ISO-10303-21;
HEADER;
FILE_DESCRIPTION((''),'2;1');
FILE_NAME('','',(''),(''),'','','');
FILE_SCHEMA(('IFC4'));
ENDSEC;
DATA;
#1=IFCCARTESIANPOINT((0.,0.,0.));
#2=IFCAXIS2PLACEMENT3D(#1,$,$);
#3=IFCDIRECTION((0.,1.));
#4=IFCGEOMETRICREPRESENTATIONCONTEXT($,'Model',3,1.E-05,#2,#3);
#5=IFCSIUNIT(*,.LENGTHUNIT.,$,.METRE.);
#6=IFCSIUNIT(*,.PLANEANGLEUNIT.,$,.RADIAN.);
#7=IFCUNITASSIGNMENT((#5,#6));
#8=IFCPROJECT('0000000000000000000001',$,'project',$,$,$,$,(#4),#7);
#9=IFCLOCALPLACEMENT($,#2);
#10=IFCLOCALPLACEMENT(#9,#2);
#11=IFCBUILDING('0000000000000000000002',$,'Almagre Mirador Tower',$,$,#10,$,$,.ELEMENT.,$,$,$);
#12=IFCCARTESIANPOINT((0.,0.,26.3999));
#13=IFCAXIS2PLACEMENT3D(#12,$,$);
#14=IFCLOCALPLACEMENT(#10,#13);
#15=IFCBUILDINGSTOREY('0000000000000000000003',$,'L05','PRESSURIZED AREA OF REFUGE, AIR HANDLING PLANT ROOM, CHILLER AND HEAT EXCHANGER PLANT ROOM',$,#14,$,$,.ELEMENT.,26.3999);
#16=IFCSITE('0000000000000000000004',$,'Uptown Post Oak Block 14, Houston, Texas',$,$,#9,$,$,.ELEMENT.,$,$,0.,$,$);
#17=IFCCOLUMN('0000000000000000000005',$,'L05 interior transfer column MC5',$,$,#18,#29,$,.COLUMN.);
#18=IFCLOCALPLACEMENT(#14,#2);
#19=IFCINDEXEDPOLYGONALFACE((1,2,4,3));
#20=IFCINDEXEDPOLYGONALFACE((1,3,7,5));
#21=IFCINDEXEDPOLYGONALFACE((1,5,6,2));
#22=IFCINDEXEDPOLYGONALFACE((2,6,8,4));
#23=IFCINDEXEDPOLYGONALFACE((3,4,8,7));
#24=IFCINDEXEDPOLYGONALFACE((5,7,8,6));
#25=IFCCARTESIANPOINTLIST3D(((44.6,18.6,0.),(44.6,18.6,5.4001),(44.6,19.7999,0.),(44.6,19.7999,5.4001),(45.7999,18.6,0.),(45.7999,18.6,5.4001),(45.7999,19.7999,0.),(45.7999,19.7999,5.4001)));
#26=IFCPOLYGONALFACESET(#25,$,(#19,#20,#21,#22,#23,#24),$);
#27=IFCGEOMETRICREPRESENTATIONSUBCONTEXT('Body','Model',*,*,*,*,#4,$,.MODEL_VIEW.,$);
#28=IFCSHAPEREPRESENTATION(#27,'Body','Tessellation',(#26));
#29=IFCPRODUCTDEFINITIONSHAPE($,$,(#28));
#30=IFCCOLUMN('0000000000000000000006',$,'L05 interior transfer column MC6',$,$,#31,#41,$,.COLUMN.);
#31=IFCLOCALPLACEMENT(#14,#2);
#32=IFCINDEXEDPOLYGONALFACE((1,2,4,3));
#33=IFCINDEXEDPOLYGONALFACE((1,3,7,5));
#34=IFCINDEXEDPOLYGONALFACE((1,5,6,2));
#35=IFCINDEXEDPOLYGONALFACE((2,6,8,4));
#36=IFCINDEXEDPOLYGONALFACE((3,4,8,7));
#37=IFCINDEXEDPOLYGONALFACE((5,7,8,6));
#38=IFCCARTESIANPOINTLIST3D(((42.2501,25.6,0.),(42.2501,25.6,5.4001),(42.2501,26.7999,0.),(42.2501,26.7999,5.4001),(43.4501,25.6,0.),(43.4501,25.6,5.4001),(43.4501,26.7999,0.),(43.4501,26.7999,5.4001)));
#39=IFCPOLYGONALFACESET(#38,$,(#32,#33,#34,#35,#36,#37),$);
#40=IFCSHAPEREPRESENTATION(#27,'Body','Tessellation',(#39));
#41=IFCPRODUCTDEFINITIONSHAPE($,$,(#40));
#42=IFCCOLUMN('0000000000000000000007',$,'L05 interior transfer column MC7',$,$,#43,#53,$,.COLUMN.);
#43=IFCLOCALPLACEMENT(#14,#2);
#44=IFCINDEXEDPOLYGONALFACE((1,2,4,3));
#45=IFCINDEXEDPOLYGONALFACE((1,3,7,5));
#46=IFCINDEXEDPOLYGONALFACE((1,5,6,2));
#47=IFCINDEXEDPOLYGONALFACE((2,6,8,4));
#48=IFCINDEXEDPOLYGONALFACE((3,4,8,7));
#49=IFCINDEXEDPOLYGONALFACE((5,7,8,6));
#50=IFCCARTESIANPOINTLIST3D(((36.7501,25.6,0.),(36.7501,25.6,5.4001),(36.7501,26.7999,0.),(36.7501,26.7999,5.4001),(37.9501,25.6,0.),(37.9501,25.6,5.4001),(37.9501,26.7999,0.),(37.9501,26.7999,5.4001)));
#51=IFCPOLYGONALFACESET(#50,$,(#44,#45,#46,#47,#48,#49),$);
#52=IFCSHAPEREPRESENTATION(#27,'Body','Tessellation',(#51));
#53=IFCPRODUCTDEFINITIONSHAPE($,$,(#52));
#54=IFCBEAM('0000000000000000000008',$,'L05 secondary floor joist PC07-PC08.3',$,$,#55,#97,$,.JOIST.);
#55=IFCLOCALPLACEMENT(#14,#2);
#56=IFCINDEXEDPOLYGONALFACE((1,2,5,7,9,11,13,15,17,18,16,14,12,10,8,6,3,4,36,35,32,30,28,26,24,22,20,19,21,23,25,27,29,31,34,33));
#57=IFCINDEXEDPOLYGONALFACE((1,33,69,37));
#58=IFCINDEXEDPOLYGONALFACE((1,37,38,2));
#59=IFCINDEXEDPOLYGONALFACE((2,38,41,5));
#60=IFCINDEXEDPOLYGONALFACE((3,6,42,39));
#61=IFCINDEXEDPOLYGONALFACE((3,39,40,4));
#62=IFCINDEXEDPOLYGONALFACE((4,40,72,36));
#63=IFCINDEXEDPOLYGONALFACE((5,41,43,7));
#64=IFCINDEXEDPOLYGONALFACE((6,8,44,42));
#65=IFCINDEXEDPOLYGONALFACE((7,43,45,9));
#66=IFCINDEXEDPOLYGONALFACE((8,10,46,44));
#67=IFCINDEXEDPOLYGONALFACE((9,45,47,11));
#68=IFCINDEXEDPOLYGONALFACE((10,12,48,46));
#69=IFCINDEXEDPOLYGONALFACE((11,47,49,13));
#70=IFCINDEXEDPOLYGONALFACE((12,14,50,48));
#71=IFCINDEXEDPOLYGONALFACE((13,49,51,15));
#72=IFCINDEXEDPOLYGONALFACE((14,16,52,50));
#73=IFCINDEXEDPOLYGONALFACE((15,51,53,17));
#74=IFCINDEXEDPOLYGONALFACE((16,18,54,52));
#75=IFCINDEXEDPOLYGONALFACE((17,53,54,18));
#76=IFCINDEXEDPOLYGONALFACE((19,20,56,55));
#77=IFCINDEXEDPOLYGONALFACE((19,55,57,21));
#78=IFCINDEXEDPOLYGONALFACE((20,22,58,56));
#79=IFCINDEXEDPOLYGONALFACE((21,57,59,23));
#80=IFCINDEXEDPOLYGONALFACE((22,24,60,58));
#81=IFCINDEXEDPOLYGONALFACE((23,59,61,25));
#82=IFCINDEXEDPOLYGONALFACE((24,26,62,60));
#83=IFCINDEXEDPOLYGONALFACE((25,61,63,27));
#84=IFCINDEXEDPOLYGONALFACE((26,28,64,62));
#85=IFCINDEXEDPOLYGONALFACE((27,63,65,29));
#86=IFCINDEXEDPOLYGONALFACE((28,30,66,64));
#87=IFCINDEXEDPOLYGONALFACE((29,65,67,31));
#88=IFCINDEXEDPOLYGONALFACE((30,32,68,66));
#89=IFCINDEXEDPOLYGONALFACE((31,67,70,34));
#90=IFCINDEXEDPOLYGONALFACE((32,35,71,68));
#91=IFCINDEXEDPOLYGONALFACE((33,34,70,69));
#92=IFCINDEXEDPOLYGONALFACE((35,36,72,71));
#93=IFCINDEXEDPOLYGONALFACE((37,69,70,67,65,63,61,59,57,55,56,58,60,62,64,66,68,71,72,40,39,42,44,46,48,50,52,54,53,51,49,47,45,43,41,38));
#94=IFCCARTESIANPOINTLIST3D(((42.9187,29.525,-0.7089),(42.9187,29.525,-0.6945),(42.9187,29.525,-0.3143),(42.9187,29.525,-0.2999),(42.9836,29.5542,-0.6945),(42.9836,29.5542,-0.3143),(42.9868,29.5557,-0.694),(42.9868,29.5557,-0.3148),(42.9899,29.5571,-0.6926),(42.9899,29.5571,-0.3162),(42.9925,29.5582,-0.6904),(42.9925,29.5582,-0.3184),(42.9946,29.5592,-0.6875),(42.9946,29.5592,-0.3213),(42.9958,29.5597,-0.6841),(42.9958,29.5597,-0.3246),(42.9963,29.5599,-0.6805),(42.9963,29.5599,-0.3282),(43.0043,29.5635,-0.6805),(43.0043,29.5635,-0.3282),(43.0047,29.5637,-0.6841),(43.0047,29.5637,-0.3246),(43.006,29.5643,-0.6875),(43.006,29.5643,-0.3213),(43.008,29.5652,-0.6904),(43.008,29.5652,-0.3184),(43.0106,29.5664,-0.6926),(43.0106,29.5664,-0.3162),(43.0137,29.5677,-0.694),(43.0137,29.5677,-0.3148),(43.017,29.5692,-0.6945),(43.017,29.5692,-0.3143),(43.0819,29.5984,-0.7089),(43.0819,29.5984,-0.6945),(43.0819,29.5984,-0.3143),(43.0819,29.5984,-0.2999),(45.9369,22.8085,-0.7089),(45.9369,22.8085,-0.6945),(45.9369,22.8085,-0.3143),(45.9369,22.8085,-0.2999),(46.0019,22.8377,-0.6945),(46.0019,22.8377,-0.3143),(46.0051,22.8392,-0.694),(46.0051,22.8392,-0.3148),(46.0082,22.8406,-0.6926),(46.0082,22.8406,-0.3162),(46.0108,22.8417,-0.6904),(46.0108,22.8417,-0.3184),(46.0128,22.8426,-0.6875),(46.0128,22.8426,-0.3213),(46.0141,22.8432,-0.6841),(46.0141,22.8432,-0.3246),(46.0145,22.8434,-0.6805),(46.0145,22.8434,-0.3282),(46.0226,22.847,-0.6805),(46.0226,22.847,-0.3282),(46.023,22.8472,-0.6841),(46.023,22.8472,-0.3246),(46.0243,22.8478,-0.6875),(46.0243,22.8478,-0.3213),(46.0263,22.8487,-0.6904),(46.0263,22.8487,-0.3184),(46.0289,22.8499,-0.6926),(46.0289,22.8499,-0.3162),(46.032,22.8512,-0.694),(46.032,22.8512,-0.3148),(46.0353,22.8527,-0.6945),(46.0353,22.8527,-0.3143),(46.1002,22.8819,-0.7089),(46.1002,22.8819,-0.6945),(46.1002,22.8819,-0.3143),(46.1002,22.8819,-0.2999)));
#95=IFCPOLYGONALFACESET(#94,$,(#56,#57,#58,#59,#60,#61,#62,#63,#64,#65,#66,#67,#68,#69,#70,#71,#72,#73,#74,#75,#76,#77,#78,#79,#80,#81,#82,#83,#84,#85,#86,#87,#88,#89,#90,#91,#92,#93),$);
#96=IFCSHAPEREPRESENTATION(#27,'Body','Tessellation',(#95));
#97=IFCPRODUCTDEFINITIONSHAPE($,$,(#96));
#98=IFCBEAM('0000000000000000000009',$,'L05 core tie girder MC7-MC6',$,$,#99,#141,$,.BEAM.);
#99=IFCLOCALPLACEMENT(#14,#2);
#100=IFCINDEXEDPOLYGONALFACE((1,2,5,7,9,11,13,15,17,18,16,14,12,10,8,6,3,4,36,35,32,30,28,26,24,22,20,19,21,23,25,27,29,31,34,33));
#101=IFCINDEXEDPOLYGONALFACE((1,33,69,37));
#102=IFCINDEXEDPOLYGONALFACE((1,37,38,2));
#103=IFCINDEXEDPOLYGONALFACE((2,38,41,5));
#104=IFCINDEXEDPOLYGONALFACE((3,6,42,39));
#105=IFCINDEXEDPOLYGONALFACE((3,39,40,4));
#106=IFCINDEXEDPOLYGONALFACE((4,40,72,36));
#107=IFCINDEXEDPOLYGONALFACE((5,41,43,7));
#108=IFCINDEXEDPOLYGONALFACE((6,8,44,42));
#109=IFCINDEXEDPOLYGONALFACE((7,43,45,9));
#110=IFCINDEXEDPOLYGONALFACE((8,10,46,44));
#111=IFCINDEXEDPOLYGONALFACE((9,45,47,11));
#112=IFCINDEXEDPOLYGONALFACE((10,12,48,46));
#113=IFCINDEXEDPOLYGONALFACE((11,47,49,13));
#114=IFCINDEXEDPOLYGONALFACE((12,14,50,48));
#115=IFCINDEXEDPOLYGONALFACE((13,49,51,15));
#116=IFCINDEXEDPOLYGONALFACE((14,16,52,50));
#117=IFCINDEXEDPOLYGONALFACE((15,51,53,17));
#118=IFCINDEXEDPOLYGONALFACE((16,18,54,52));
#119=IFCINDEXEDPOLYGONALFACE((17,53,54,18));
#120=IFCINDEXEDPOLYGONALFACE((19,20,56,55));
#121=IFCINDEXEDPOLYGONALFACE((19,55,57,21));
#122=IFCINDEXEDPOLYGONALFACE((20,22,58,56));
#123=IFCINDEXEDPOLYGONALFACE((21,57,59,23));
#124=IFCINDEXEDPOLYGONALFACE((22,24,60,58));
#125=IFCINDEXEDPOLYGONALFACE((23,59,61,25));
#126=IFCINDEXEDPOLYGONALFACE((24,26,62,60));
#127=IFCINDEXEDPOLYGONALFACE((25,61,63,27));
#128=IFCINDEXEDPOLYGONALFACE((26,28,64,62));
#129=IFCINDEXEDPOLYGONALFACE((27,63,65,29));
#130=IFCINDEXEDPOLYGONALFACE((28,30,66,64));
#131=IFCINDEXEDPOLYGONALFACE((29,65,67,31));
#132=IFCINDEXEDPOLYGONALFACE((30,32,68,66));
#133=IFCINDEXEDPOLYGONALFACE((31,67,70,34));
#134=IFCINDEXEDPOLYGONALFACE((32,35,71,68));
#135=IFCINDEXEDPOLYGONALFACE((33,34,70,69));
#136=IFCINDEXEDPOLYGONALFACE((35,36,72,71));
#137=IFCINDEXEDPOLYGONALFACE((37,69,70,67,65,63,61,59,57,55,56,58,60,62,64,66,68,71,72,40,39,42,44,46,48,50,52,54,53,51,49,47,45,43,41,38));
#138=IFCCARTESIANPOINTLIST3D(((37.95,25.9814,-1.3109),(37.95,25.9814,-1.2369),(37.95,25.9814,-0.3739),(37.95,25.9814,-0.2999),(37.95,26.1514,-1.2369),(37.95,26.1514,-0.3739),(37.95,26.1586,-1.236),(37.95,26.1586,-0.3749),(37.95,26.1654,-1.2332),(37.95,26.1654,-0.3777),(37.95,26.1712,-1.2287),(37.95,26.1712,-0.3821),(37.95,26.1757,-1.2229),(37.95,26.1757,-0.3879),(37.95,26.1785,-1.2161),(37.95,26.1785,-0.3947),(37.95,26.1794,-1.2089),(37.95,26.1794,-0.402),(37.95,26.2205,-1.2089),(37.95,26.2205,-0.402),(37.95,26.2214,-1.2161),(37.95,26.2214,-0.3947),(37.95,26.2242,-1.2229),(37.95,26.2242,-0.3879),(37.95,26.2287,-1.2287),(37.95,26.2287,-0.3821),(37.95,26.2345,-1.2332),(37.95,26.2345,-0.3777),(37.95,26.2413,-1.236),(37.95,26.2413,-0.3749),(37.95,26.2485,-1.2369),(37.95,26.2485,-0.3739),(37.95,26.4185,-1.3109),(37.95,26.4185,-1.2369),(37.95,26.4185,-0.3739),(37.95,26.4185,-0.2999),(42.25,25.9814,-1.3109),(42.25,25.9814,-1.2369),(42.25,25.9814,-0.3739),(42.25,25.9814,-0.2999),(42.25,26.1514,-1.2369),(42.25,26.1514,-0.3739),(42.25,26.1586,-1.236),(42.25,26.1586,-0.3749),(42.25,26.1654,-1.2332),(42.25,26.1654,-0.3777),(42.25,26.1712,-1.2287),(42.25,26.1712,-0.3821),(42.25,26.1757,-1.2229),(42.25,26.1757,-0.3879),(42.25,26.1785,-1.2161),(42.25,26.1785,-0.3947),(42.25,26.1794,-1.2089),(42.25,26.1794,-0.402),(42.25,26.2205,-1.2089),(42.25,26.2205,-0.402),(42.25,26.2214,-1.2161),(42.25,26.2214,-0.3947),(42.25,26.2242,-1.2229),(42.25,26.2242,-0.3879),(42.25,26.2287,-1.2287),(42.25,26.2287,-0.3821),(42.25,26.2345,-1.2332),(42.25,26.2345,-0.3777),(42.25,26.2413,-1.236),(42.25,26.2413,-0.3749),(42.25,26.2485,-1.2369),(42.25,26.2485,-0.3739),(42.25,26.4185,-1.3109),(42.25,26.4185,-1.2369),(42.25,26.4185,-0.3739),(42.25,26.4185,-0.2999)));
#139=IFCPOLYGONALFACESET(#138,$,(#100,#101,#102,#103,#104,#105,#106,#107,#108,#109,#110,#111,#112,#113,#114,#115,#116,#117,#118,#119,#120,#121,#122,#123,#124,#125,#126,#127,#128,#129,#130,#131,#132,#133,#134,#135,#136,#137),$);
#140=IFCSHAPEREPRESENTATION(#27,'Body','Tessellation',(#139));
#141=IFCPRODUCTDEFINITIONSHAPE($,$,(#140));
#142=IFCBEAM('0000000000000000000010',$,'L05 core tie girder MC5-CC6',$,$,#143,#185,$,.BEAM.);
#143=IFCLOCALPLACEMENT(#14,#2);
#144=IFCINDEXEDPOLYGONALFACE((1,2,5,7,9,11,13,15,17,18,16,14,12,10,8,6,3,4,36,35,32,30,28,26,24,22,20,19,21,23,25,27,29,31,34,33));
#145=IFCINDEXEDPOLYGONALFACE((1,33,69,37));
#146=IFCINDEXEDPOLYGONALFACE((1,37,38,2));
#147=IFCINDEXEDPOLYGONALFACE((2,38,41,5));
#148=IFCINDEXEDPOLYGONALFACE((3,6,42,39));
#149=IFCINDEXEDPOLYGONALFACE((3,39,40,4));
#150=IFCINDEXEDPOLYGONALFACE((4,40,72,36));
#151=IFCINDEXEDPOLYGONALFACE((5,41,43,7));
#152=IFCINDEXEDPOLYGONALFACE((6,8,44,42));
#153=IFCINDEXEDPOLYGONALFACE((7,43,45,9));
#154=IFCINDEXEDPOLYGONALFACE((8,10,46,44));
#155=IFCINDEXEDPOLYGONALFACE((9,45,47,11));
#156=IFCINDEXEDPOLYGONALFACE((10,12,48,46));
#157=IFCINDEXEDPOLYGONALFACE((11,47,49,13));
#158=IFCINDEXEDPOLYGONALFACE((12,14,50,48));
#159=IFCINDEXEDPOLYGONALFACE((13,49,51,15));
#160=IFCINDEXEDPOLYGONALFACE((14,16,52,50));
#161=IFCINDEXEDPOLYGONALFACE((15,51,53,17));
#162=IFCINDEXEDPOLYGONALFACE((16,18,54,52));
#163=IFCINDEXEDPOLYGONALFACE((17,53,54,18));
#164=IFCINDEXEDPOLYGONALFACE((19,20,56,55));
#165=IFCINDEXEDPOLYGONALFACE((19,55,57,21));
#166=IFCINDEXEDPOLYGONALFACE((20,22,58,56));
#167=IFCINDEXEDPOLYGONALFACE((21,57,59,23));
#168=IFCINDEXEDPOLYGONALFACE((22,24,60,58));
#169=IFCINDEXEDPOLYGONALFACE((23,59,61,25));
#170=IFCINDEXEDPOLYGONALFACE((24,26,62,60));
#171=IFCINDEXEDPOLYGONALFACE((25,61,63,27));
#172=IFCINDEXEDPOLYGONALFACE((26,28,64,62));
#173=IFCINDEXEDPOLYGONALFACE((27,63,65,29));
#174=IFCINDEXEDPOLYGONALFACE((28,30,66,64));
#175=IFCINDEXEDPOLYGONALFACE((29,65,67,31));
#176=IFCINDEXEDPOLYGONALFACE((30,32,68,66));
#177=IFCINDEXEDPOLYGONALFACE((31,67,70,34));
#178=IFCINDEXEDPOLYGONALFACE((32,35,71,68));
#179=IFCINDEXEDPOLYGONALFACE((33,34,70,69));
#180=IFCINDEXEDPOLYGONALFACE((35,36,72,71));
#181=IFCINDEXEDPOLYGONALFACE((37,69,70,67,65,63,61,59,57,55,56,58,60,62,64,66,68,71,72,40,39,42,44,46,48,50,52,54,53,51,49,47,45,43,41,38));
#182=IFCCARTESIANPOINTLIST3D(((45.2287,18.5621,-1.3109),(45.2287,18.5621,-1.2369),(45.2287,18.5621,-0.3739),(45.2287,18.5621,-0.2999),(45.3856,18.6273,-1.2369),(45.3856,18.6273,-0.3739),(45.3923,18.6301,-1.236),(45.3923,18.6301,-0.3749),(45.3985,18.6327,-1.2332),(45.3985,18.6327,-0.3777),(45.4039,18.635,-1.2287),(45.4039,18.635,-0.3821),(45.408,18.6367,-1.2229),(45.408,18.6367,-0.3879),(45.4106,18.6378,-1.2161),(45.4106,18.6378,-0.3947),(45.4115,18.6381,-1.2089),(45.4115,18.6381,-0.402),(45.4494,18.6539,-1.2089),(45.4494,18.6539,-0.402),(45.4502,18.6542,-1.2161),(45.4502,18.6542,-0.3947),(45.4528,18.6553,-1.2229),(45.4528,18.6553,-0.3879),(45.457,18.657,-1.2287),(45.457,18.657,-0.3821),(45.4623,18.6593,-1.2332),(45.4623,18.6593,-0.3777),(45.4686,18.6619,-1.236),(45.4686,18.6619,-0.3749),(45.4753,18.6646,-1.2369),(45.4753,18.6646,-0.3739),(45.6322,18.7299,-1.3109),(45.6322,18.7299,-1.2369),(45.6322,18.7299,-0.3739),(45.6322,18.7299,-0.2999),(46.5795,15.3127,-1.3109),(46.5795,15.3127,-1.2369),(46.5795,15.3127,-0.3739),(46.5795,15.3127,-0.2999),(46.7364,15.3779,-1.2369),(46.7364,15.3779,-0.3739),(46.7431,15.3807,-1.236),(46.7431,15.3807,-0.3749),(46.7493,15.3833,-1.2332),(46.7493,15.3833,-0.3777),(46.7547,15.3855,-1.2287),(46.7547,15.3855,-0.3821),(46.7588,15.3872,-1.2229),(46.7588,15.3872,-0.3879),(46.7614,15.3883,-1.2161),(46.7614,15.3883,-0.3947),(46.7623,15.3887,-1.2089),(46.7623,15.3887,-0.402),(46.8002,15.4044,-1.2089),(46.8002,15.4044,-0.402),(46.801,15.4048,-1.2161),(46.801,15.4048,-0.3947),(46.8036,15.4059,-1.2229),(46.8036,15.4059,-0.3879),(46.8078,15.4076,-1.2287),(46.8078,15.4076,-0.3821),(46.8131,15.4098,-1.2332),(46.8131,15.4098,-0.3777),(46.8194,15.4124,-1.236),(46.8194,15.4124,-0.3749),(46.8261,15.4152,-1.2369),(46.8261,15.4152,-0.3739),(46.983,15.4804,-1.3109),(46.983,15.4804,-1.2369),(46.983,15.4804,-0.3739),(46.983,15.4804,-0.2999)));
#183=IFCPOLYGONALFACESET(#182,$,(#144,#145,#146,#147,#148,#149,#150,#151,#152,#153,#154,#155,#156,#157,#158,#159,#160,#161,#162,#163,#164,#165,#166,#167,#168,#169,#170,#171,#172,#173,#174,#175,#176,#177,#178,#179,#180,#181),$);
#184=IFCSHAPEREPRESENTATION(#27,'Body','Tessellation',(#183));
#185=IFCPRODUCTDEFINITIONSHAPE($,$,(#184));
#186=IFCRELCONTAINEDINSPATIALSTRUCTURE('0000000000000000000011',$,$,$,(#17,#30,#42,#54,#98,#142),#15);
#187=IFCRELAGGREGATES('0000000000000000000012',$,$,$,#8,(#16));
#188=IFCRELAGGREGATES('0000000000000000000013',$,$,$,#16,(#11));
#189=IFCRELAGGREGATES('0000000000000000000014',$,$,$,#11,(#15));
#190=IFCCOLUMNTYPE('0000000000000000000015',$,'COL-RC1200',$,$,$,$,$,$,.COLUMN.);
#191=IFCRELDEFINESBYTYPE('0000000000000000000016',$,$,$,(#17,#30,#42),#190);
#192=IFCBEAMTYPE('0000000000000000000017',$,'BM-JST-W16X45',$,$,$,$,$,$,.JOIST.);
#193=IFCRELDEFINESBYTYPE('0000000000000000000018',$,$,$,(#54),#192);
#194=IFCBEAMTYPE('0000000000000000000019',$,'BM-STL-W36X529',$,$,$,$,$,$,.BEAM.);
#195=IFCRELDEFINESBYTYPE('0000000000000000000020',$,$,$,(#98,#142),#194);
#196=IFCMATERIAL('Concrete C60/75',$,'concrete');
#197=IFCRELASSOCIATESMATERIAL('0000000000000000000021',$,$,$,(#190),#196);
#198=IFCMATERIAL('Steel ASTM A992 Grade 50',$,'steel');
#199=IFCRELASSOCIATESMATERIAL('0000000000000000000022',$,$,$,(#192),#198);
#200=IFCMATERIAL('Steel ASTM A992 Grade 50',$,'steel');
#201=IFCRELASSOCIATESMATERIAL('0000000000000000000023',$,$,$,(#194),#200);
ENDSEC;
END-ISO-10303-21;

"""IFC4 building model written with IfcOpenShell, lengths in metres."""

from ifc_helpers import new_model, si_unit, direction, frame, origin, origin_2d, place, context, subcontext, project, spatial, rectangle, i_section, extrude, material, material_profile, profile_set, type_object, element, save


model = new_model("IFC4")

# Units and contexts
model_context = context("Model", 3, precision=1e-05, world=origin(), true_north=direction((0.0, 1.0)))
body_context = subcontext(model_context, "Body", "Model", "MODEL_VIEW")
ifc_project = project(units=[si_unit("LENGTHUNIT", "METRE"), si_unit("PLANEANGLEUNIT", "RADIAN")], contexts=[model_context])

# Site, building, storey
site_placement = place(None, origin())
site = spatial("IfcSite", under=ifc_project, at=site_placement, Name="Uptown Post Oak Block 14, Houston, Texas", CompositionType="ELEMENT", RefElevation=0.0)
building_placement = place(site_placement, origin())
building = spatial("IfcBuilding", under=site, at=building_placement, Name="Almagre Mirador Tower", CompositionType="ELEMENT")
storey_placement = place(building_placement, frame((0.0, 0.0, 26.3999)))
storey = spatial("IfcBuildingStorey", under=building, at=storey_placement, Name="L05", Description="PRESSURIZED AREA OF REFUGE, AIR HANDLING PLANT ROOM, CHILLER AND HEAT EXCHANGER PLANT ROOM", CompositionType="ELEMENT", Elevation=26.3999)

# Columns
ifc_material_1 = material(Name="Concrete C60/75", Category="concrete")
ifc_material_profile_1 = material_profile(ifc_material_1, rectangle(XDim=1.2, YDim=1.2, at=origin_2d()), Name="RC1200X1200")
ifc_profile_set_1 = profile_set([ifc_material_profile_1], Name="Concrete C60/75")
column_type = type_object("IfcColumnType", Name="COL-RC1200", PredefinedType="COLUMN", material=ifc_profile_set_1)
for number, where, z_axis, x_axis, name in (
    (1, (45.2, 19.2, 0.0), (0.0, 0.0, 1.0), (1.0, 0.0, 0.0), "L05 interior transfer column MC5"),
    (2, (42.8501, 26.2, 0.0), (0.0, 0.0, 1.0), (1.0, 0.0, 0.0), "L05 interior transfer column MC6"),
    (3, (37.3501, 26.2, 0.0), (0.0, 0.0, 1.0), (1.0, 0.0, 0.0), "L05 interior transfer column MC7"),
):
    element("IfcColumn", number, at=place(storey_placement, frame(where, z_axis=z_axis, x_axis=x_axis)), inside=storey, type_object=column_type, Name=name, PredefinedType="COLUMN", context=body_context, shape_type="SweptSolid", body=[
        extrude(rectangle(XDim=1.2, YDim=1.2, at=origin_2d()), origin(), (0.0, 0.0, 1.0), 5.4001),
    ])

# Beams
ifc_material_2 = material(Name="Steel ASTM A992 Grade 50", Category="steel")
ifc_material_profile_2 = material_profile(ifc_material_2, i_section(OverallWidth=0.179, OverallDepth=0.4089, WebThickness=0.0088, FlangeThickness=0.0144, FilletRadius=0.0139, at=origin_2d()), Name="W16X45")
ifc_profile_set_2 = profile_set([ifc_material_profile_2], Name="Steel ASTM A992 Grade 50")
beam_type_1 = type_object("IfcBeamType", Name="BM-JST-W16X45", PredefinedType="JOIST", material=ifc_profile_set_2)
beam_1_placement = place(storey_placement, frame((46.0186, 22.8452, -0.5044), z_axis=(-0.409897, 0.912132, 0.0), x_axis=(-0.912132, -0.409897, 0.0)))
element("IfcBeam", 4, at=beam_1_placement, inside=storey, type_object=beam_type_1, Name="L05 secondary floor joist PC07-PC08.3", PredefinedType="JOIST", context=body_context, shape_type="SweptSolid", body=[
    extrude(i_section(OverallWidth=0.179, OverallDepth=0.4089, WebThickness=0.0088, FlangeThickness=0.0144, FilletRadius=0.0139, at=origin_2d()), origin(), (0.0, 0.0, 1.0), 7.3635),
])
ifc_material_3 = material(Name="Steel ASTM A992 Grade 50", Category="steel")
ifc_material_profile_3 = material_profile(ifc_material_3, i_section(OverallWidth=0.437, OverallDepth=1.011, WebThickness=0.041, FlangeThickness=0.074, FilletRadius=0.0281, at=origin_2d()), Name="W36X529")
ifc_profile_set_3 = profile_set([ifc_material_profile_3], Name="Steel ASTM A992 Grade 50")
beam_type_2 = type_object("IfcBeamType", Name="BM-STL-W36X529", PredefinedType="BEAM", material=ifc_profile_set_3)
beam_2_placement = place(storey_placement, frame((37.95, 26.2, -0.8054), z_axis=(1.0, 0.0, 0.0), x_axis=(0.0, 1.0, 0.0)))
element("IfcBeam", 5, at=beam_2_placement, inside=storey, type_object=beam_type_2, Name="L05 core tie girder MC7-MC6", PredefinedType="BEAM", context=body_context, shape_type="SweptSolid", body=[
    extrude(i_section(OverallWidth=0.437, OverallDepth=1.011, WebThickness=0.041, FlangeThickness=0.074, FilletRadius=0.0281, at=origin_2d()), origin(), (0.0, 0.0, 1.0), 4.3),
])
beam_3_placement = place(storey_placement, frame((45.4304, 18.646, -0.8054), z_axis=(0.383857, -0.923393, 0.0), x_axis=(0.923393, 0.383857, 0.0)))
element("IfcBeam", 6, at=beam_3_placement, inside=storey, type_object=beam_type_2, Name="L05 core tie girder MC5-CC6", PredefinedType="BEAM", context=body_context, shape_type="SweptSolid", body=[
    extrude(i_section(OverallWidth=0.437, OverallDepth=1.011, WebThickness=0.041, FlangeThickness=0.074, FilletRadius=0.0281, at=origin_2d()), origin(), (0.0, 0.0, 1.0), 3.519),
])

save(model, "model.ifc")
